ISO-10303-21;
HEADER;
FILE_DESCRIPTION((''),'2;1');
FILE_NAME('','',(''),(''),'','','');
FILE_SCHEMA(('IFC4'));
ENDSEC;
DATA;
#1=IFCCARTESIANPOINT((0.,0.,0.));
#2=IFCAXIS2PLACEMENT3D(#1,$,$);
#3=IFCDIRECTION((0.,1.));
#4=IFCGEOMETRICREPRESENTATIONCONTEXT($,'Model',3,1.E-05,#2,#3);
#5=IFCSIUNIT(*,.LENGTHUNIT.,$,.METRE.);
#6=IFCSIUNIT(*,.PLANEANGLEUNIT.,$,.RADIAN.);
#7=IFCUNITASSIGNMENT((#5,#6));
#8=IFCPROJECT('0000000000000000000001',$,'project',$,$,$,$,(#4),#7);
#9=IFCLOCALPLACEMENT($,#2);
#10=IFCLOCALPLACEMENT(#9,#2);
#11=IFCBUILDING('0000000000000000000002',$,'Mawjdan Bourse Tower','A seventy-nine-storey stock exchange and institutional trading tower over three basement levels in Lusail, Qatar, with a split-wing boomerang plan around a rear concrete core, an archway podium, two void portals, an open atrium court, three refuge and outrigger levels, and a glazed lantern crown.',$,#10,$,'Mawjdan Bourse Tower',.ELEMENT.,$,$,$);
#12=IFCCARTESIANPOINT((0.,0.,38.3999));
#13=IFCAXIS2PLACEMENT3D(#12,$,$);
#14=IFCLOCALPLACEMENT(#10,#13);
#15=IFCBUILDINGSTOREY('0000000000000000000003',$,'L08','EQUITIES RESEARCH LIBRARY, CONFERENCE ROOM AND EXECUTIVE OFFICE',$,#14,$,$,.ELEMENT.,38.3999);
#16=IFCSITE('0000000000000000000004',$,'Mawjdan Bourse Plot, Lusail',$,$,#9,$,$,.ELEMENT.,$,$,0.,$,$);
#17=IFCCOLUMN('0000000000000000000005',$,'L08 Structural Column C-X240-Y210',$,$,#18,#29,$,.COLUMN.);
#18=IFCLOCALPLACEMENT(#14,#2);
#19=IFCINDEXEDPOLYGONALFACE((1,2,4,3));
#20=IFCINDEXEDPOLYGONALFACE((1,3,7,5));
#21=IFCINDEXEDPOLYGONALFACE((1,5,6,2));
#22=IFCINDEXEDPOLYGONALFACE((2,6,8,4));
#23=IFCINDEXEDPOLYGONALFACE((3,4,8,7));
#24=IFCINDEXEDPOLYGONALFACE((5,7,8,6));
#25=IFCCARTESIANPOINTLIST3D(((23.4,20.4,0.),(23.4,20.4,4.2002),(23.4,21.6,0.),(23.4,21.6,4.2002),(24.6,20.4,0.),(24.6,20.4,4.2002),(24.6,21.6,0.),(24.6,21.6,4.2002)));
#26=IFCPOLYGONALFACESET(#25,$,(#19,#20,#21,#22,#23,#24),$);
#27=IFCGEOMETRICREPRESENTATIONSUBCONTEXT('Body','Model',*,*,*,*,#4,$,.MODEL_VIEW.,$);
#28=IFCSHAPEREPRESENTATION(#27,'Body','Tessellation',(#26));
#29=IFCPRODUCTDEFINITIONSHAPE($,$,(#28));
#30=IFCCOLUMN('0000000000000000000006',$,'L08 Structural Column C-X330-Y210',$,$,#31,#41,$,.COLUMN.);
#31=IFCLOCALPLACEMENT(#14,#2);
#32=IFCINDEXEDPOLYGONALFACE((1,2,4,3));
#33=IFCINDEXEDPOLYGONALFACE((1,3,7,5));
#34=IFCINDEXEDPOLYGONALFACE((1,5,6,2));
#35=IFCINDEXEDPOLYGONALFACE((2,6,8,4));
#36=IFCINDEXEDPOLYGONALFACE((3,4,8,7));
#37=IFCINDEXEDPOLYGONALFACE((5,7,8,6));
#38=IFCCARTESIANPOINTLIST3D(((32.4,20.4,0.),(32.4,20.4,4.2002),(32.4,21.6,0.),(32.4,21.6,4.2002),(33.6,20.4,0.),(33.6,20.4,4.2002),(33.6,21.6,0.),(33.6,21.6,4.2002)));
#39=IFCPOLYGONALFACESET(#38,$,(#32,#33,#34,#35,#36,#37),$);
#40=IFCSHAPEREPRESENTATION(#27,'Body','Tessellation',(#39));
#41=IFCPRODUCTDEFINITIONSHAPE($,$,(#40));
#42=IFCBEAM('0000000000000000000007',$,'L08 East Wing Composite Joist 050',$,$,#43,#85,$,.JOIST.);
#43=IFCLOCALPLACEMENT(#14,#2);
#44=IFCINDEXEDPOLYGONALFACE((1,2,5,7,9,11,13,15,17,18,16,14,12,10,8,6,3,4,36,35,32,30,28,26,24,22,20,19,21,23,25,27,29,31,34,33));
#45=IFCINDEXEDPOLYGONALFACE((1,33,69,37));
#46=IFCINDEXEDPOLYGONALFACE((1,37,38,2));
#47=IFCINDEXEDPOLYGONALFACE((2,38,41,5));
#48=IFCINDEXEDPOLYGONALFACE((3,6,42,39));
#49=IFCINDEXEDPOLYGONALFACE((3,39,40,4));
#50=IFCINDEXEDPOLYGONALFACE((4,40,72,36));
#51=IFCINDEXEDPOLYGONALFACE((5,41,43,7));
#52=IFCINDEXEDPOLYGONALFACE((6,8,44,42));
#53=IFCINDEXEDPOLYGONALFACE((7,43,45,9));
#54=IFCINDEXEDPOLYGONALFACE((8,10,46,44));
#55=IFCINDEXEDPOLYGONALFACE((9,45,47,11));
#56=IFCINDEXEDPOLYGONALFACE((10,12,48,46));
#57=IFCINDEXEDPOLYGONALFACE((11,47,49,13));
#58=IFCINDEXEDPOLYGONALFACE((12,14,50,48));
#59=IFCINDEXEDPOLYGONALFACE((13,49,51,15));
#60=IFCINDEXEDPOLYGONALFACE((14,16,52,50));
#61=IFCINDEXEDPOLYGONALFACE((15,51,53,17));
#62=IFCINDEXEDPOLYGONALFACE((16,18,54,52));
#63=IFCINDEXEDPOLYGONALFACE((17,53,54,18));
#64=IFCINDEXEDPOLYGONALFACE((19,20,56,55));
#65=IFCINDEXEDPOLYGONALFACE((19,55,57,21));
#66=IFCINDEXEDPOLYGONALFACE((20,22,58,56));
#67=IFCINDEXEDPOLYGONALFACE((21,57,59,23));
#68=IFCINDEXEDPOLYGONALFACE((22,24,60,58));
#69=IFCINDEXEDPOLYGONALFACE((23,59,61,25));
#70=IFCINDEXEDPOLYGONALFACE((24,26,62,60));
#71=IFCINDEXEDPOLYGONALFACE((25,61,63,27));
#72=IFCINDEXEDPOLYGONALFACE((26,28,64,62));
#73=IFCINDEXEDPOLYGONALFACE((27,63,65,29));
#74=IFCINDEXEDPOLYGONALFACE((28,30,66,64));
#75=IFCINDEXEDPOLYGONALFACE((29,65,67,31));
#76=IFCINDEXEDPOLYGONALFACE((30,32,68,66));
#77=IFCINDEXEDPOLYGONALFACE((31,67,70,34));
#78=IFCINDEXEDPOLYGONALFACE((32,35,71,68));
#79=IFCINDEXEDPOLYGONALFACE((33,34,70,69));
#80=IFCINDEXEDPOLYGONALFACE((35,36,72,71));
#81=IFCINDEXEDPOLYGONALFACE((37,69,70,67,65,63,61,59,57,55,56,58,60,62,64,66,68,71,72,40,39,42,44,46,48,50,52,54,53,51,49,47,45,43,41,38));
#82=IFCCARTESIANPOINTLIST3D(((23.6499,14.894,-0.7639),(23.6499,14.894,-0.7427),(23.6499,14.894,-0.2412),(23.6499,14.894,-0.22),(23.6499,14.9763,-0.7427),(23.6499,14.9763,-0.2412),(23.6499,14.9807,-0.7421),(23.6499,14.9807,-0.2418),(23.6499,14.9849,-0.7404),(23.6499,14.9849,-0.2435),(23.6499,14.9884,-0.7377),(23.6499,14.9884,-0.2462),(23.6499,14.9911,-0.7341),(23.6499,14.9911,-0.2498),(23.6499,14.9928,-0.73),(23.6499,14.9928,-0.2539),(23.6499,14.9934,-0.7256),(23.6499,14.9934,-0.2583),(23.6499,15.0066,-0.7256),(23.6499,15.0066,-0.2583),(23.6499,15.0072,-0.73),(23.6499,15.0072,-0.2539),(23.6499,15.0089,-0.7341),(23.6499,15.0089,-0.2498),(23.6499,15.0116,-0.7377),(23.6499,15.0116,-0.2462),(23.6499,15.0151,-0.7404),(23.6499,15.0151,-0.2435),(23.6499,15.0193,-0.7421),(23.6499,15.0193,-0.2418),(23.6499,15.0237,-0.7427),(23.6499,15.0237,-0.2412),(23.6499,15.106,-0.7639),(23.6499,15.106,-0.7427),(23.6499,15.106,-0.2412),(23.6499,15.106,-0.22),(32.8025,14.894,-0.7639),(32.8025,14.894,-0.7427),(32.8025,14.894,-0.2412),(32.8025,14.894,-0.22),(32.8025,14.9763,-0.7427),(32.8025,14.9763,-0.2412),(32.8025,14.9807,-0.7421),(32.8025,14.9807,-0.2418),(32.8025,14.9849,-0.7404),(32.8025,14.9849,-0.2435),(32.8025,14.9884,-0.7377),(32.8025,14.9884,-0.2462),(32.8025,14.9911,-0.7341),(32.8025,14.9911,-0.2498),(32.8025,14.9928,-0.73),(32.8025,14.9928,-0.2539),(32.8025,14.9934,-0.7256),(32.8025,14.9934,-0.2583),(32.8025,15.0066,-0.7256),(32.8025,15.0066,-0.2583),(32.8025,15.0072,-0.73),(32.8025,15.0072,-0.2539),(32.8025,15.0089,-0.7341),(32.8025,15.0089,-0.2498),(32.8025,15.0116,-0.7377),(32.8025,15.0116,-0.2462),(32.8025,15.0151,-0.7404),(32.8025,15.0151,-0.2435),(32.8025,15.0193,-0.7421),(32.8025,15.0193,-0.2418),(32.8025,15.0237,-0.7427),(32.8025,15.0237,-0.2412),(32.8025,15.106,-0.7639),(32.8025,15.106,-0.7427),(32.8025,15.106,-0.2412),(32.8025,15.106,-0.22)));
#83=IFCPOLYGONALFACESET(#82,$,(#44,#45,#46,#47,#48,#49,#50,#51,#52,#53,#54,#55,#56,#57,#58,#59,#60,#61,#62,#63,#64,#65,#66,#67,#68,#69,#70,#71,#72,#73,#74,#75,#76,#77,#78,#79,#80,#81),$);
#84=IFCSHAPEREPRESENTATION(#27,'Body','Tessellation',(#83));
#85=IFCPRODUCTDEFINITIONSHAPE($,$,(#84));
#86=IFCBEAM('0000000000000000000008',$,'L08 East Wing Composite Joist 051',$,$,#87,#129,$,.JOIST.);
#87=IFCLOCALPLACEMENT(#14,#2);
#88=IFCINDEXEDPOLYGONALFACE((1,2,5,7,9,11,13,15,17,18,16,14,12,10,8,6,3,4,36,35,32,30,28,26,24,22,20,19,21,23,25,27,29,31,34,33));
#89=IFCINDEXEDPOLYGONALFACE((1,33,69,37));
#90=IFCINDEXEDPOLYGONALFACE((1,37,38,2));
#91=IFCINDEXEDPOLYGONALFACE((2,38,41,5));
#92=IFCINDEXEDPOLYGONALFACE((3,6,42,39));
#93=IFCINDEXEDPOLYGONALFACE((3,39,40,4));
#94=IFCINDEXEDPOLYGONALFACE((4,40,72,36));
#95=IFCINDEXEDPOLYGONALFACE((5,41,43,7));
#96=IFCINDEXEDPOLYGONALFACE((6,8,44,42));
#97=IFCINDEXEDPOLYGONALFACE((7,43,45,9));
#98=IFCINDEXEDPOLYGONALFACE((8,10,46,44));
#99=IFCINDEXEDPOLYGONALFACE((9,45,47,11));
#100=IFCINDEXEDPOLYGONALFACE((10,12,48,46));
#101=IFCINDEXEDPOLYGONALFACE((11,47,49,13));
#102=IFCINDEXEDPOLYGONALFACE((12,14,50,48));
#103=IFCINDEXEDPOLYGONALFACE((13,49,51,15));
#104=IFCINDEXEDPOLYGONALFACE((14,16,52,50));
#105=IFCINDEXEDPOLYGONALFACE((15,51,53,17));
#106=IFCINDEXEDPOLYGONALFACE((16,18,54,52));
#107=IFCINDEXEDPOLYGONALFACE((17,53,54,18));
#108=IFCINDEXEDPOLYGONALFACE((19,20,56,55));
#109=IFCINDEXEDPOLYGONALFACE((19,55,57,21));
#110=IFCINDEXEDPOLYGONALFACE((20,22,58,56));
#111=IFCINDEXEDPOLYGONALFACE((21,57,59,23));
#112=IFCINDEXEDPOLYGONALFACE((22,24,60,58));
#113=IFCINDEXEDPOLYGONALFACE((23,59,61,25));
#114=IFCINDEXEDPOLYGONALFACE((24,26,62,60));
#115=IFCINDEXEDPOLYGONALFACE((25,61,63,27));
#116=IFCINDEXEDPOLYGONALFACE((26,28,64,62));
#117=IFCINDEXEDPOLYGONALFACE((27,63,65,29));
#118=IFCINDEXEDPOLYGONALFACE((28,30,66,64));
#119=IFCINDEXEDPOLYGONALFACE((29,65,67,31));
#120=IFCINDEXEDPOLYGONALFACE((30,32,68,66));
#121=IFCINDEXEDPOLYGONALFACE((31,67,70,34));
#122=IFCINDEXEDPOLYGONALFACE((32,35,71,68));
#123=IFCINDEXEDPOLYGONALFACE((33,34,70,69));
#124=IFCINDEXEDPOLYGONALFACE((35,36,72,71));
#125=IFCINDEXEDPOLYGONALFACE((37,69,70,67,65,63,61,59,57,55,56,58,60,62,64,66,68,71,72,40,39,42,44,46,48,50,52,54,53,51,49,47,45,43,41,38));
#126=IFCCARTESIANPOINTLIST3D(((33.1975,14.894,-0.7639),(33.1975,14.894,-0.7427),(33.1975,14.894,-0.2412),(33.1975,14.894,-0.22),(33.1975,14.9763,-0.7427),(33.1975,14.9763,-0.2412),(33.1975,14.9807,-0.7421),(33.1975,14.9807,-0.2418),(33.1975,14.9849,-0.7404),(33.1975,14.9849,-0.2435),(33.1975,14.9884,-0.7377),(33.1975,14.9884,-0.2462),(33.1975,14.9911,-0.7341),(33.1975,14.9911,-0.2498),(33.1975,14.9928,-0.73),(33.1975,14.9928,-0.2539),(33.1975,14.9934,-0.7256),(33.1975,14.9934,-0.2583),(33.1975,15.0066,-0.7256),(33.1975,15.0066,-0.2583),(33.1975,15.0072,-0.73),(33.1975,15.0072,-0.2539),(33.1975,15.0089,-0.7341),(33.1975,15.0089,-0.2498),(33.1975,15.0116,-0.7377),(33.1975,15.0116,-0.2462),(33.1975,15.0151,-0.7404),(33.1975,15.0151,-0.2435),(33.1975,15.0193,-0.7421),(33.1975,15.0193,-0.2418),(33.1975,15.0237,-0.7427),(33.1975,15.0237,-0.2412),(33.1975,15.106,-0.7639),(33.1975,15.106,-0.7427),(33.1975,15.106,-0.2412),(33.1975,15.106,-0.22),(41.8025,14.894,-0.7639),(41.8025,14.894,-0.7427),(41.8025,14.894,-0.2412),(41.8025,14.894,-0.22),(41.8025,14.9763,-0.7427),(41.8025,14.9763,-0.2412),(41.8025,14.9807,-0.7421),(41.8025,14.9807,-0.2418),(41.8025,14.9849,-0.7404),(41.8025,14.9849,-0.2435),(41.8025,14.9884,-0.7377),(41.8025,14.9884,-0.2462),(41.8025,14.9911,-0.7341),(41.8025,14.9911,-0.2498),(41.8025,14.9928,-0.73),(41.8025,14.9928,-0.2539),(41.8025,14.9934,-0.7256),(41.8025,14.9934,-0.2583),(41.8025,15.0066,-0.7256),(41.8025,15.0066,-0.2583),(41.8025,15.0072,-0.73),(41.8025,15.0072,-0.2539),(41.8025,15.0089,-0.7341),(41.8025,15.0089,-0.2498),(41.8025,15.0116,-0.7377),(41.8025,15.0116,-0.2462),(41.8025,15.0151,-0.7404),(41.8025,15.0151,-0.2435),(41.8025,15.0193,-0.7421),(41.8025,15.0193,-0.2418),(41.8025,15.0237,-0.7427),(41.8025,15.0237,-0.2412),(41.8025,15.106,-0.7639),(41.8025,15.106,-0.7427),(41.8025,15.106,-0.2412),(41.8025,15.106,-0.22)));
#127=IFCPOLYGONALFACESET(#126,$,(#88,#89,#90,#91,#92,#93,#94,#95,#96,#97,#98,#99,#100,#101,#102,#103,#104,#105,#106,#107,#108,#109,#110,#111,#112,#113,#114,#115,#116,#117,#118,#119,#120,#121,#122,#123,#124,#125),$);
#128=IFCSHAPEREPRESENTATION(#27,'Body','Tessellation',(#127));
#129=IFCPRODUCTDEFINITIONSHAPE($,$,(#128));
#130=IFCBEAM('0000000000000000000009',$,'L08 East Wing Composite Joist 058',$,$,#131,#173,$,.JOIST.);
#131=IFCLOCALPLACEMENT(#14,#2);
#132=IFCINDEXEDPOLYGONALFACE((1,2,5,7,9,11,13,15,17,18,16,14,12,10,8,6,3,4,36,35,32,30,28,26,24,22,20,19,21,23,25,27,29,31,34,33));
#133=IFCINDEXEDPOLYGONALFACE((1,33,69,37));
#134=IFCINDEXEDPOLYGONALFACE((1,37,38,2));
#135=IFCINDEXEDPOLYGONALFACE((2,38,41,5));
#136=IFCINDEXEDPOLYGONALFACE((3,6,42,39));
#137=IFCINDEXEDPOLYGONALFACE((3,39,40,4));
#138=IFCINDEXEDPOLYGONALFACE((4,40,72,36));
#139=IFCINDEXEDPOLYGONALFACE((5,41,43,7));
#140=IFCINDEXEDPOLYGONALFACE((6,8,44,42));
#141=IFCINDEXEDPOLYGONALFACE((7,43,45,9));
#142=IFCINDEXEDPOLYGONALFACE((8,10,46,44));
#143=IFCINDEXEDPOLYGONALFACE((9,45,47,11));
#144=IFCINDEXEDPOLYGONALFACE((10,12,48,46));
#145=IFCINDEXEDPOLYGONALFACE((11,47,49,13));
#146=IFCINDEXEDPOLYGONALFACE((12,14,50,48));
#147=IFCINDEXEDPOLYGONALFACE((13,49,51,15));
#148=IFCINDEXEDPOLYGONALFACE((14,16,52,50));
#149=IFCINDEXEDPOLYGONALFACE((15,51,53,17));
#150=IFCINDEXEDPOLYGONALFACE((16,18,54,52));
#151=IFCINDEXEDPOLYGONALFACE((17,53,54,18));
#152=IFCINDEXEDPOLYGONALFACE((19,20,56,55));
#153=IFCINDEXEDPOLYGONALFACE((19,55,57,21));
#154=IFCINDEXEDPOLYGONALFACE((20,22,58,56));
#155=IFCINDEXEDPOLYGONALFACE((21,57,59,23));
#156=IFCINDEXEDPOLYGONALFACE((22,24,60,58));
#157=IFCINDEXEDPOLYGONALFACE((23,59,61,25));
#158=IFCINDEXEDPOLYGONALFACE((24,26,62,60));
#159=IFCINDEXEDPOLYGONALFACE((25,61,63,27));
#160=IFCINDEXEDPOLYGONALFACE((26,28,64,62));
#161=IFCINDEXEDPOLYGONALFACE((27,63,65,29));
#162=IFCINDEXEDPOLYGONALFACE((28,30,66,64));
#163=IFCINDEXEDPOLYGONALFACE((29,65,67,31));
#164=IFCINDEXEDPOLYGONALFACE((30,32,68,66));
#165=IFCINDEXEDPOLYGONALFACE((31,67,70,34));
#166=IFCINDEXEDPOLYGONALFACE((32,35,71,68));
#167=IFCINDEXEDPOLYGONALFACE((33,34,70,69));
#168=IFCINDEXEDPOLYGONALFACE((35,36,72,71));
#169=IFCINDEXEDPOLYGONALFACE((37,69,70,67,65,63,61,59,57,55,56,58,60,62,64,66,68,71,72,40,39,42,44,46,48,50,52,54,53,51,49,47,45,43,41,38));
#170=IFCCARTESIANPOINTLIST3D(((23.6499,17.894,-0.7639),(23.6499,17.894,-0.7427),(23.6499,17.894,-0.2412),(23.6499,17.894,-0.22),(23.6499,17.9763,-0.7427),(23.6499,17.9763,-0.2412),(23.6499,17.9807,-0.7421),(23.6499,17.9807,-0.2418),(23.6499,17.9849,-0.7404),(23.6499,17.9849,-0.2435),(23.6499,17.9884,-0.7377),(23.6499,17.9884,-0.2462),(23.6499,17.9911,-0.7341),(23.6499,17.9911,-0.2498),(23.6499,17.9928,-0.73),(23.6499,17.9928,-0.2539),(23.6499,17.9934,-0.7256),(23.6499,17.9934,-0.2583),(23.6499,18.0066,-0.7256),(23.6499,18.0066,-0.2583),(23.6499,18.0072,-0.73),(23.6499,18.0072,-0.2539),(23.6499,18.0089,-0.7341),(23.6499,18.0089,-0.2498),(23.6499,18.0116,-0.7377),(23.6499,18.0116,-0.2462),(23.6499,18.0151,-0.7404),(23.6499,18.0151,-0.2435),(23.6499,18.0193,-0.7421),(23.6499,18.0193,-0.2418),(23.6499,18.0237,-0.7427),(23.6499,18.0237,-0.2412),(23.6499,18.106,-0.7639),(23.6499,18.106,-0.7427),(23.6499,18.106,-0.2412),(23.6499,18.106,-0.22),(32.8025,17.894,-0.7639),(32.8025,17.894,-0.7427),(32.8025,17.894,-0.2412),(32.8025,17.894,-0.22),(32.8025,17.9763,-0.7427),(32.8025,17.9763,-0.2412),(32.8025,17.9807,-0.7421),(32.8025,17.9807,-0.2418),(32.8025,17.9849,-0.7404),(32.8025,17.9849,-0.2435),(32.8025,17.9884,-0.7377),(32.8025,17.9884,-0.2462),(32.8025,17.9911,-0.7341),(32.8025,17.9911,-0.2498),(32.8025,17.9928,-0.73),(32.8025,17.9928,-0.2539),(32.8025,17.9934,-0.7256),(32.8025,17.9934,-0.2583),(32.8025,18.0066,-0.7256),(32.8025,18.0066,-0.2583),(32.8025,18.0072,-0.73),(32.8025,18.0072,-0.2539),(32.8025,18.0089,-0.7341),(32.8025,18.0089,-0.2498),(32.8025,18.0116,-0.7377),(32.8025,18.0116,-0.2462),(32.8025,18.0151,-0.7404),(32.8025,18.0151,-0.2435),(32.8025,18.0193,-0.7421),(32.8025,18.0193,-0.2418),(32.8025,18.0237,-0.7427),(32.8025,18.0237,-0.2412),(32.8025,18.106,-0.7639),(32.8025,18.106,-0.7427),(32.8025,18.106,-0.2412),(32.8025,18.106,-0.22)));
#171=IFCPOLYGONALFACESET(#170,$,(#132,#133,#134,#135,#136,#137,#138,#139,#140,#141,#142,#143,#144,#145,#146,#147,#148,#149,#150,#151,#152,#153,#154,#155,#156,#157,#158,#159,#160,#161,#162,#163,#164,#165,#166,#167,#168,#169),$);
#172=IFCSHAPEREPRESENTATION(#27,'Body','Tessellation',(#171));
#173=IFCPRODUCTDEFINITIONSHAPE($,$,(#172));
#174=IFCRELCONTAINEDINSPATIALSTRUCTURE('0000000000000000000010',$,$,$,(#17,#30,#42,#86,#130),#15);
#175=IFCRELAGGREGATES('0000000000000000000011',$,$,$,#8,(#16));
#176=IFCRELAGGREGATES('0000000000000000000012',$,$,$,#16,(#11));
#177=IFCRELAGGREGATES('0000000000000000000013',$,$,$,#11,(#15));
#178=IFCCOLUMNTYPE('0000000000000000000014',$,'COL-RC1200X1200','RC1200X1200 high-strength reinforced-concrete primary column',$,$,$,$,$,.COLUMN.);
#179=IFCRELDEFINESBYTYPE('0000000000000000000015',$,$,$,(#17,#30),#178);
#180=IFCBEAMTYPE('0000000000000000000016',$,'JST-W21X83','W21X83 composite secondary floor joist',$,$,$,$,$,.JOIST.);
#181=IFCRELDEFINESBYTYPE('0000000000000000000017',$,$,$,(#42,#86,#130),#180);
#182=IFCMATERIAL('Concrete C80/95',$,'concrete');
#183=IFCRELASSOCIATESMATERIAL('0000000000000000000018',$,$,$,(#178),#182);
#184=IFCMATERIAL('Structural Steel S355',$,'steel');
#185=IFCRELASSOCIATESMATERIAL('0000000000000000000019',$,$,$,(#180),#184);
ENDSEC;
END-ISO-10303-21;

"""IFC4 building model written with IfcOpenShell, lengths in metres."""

from ifc_helpers import new_model, si_unit, direction, frame, origin, origin_2d, place, context, subcontext, project, spatial, rectangle, i_section, extrude, material, material_profile, profile_set, type_object, element, save


model = new_model("IFC4")

# Units and contexts
model_context = context("Model", 3, precision=1e-05, world=origin(), true_north=direction((0.0, 1.0)))
body_context = subcontext(model_context, "Body", "Model", "MODEL_VIEW")
ifc_project = project(units=[si_unit("LENGTHUNIT", "METRE"), si_unit("PLANEANGLEUNIT", "RADIAN")], contexts=[model_context])

# Site, building, storey
site_placement = place(None, origin())
site = spatial("IfcSite", under=ifc_project, at=site_placement, Name="Mawjdan Bourse Plot, Lusail", CompositionType="ELEMENT", RefElevation=0.0)
building_placement = place(site_placement, origin())
building = spatial("IfcBuilding", under=site, at=building_placement, Name="Mawjdan Bourse Tower", Description="A seventy-nine-storey stock exchange and institutional trading tower over three basement levels in Lusail, Qatar, with a split-wing boomerang plan around a rear concrete core, an archway podium, two void portals, an open atrium court, three refuge and outrigger levels, and a glazed lantern crown.", LongName="Mawjdan Bourse Tower", CompositionType="ELEMENT")
storey_placement = place(building_placement, frame((0.0, 0.0, 38.3999)))
storey = spatial("IfcBuildingStorey", under=building, at=storey_placement, Name="L08", Description="EQUITIES RESEARCH LIBRARY, CONFERENCE ROOM AND EXECUTIVE OFFICE", CompositionType="ELEMENT", Elevation=38.3999)

# Columns
ifc_material_1 = material(Name="Concrete C80/95", Category="concrete")
ifc_material_profile_1 = material_profile(ifc_material_1, rectangle(XDim=1.2, YDim=1.2, at=origin_2d()), Name="RC1200X1200")
ifc_profile_set_1 = profile_set([ifc_material_profile_1], Name="Concrete C80/95")
column_type = type_object("IfcColumnType", Name="COL-RC1200X1200", Description="RC1200X1200 high-strength reinforced-concrete primary column", PredefinedType="COLUMN", material=ifc_profile_set_1)
for number, where, z_axis, x_axis, name in (
    (1, (24.0, 21.0, 0.0), (0.0, 0.0, 1.0), (1.0, 0.0, 0.0), "L08 Structural Column C-X240-Y210"),
    (2, (33.0, 21.0, 0.0), (0.0, 0.0, 1.0), (1.0, 0.0, 0.0), "L08 Structural Column C-X330-Y210"),
):
    element("IfcColumn", number, at=place(storey_placement, frame(where, z_axis=z_axis, x_axis=x_axis)), inside=storey, type_object=column_type, Name=name, PredefinedType="COLUMN", context=body_context, shape_type="SweptSolid", body=[
        extrude(rectangle(XDim=1.2, YDim=1.2, at=origin_2d()), origin(), (0.0, 0.0, 1.0), 4.2002),
    ])

# Beams
ifc_material_2 = material(Name="Structural Steel S355", Category="steel")
ifc_material_profile_2 = material_profile(ifc_material_2, i_section(OverallWidth=0.2119, OverallDepth=0.5439, WebThickness=0.0132, FlangeThickness=0.0212, FilletRadius=0.0171, at=origin_2d()), Name="W21X83")
ifc_profile_set_2 = profile_set([ifc_material_profile_2], Name="Structural Steel S355")
beam_type_1 = type_object("IfcBeamType", Name="JST-W21X83", Description="W21X83 composite secondary floor joist", PredefinedType="JOIST", material=ifc_profile_set_2)
beam_1_placement = place(storey_placement, frame((23.6499, 15.0, -0.4919), z_axis=(1.0, 0.0, 0.0), x_axis=(0.0, 1.0, 0.0)))
element("IfcBeam", 3, at=beam_1_placement, inside=storey, type_object=beam_type_1, Name="L08 East Wing Composite Joist 050", PredefinedType="JOIST", context=body_context, shape_type="SweptSolid", body=[
    extrude(i_section(OverallWidth=0.2119, OverallDepth=0.5439, WebThickness=0.0132, FlangeThickness=0.0212, FilletRadius=0.0171, at=origin_2d()), origin(), (0.0, 0.0, 1.0), 9.1526),
])
beam_2_placement = place(storey_placement, frame((33.1975, 15.0, -0.4919), z_axis=(1.0, 0.0, 0.0), x_axis=(0.0, 1.0, 0.0)))
element("IfcBeam", 4, at=beam_2_placement, inside=storey, type_object=beam_type_1, Name="L08 East Wing Composite Joist 051", PredefinedType="JOIST", context=body_context, shape_type="SweptSolid", body=[
    extrude(i_section(OverallWidth=0.2119, OverallDepth=0.5439, WebThickness=0.0132, FlangeThickness=0.0212, FilletRadius=0.0171, at=origin_2d()), origin(), (0.0, 0.0, 1.0), 8.605),
])
beam_3_placement = place(storey_placement, frame((23.6499, 18.0, -0.4919), z_axis=(1.0, 0.0, 0.0), x_axis=(0.0, 1.0, 0.0)))
element("IfcBeam", 5, at=beam_3_placement, inside=storey, type_object=beam_type_1, Name="L08 East Wing Composite Joist 058", PredefinedType="JOIST", context=body_context, shape_type="SweptSolid", body=[
    extrude(i_section(OverallWidth=0.2119, OverallDepth=0.5439, WebThickness=0.0132, FlangeThickness=0.0212, FilletRadius=0.0171, at=origin_2d()), origin(), (0.0, 0.0, 1.0), 9.1526),
])

save(model, "model.ifc")
